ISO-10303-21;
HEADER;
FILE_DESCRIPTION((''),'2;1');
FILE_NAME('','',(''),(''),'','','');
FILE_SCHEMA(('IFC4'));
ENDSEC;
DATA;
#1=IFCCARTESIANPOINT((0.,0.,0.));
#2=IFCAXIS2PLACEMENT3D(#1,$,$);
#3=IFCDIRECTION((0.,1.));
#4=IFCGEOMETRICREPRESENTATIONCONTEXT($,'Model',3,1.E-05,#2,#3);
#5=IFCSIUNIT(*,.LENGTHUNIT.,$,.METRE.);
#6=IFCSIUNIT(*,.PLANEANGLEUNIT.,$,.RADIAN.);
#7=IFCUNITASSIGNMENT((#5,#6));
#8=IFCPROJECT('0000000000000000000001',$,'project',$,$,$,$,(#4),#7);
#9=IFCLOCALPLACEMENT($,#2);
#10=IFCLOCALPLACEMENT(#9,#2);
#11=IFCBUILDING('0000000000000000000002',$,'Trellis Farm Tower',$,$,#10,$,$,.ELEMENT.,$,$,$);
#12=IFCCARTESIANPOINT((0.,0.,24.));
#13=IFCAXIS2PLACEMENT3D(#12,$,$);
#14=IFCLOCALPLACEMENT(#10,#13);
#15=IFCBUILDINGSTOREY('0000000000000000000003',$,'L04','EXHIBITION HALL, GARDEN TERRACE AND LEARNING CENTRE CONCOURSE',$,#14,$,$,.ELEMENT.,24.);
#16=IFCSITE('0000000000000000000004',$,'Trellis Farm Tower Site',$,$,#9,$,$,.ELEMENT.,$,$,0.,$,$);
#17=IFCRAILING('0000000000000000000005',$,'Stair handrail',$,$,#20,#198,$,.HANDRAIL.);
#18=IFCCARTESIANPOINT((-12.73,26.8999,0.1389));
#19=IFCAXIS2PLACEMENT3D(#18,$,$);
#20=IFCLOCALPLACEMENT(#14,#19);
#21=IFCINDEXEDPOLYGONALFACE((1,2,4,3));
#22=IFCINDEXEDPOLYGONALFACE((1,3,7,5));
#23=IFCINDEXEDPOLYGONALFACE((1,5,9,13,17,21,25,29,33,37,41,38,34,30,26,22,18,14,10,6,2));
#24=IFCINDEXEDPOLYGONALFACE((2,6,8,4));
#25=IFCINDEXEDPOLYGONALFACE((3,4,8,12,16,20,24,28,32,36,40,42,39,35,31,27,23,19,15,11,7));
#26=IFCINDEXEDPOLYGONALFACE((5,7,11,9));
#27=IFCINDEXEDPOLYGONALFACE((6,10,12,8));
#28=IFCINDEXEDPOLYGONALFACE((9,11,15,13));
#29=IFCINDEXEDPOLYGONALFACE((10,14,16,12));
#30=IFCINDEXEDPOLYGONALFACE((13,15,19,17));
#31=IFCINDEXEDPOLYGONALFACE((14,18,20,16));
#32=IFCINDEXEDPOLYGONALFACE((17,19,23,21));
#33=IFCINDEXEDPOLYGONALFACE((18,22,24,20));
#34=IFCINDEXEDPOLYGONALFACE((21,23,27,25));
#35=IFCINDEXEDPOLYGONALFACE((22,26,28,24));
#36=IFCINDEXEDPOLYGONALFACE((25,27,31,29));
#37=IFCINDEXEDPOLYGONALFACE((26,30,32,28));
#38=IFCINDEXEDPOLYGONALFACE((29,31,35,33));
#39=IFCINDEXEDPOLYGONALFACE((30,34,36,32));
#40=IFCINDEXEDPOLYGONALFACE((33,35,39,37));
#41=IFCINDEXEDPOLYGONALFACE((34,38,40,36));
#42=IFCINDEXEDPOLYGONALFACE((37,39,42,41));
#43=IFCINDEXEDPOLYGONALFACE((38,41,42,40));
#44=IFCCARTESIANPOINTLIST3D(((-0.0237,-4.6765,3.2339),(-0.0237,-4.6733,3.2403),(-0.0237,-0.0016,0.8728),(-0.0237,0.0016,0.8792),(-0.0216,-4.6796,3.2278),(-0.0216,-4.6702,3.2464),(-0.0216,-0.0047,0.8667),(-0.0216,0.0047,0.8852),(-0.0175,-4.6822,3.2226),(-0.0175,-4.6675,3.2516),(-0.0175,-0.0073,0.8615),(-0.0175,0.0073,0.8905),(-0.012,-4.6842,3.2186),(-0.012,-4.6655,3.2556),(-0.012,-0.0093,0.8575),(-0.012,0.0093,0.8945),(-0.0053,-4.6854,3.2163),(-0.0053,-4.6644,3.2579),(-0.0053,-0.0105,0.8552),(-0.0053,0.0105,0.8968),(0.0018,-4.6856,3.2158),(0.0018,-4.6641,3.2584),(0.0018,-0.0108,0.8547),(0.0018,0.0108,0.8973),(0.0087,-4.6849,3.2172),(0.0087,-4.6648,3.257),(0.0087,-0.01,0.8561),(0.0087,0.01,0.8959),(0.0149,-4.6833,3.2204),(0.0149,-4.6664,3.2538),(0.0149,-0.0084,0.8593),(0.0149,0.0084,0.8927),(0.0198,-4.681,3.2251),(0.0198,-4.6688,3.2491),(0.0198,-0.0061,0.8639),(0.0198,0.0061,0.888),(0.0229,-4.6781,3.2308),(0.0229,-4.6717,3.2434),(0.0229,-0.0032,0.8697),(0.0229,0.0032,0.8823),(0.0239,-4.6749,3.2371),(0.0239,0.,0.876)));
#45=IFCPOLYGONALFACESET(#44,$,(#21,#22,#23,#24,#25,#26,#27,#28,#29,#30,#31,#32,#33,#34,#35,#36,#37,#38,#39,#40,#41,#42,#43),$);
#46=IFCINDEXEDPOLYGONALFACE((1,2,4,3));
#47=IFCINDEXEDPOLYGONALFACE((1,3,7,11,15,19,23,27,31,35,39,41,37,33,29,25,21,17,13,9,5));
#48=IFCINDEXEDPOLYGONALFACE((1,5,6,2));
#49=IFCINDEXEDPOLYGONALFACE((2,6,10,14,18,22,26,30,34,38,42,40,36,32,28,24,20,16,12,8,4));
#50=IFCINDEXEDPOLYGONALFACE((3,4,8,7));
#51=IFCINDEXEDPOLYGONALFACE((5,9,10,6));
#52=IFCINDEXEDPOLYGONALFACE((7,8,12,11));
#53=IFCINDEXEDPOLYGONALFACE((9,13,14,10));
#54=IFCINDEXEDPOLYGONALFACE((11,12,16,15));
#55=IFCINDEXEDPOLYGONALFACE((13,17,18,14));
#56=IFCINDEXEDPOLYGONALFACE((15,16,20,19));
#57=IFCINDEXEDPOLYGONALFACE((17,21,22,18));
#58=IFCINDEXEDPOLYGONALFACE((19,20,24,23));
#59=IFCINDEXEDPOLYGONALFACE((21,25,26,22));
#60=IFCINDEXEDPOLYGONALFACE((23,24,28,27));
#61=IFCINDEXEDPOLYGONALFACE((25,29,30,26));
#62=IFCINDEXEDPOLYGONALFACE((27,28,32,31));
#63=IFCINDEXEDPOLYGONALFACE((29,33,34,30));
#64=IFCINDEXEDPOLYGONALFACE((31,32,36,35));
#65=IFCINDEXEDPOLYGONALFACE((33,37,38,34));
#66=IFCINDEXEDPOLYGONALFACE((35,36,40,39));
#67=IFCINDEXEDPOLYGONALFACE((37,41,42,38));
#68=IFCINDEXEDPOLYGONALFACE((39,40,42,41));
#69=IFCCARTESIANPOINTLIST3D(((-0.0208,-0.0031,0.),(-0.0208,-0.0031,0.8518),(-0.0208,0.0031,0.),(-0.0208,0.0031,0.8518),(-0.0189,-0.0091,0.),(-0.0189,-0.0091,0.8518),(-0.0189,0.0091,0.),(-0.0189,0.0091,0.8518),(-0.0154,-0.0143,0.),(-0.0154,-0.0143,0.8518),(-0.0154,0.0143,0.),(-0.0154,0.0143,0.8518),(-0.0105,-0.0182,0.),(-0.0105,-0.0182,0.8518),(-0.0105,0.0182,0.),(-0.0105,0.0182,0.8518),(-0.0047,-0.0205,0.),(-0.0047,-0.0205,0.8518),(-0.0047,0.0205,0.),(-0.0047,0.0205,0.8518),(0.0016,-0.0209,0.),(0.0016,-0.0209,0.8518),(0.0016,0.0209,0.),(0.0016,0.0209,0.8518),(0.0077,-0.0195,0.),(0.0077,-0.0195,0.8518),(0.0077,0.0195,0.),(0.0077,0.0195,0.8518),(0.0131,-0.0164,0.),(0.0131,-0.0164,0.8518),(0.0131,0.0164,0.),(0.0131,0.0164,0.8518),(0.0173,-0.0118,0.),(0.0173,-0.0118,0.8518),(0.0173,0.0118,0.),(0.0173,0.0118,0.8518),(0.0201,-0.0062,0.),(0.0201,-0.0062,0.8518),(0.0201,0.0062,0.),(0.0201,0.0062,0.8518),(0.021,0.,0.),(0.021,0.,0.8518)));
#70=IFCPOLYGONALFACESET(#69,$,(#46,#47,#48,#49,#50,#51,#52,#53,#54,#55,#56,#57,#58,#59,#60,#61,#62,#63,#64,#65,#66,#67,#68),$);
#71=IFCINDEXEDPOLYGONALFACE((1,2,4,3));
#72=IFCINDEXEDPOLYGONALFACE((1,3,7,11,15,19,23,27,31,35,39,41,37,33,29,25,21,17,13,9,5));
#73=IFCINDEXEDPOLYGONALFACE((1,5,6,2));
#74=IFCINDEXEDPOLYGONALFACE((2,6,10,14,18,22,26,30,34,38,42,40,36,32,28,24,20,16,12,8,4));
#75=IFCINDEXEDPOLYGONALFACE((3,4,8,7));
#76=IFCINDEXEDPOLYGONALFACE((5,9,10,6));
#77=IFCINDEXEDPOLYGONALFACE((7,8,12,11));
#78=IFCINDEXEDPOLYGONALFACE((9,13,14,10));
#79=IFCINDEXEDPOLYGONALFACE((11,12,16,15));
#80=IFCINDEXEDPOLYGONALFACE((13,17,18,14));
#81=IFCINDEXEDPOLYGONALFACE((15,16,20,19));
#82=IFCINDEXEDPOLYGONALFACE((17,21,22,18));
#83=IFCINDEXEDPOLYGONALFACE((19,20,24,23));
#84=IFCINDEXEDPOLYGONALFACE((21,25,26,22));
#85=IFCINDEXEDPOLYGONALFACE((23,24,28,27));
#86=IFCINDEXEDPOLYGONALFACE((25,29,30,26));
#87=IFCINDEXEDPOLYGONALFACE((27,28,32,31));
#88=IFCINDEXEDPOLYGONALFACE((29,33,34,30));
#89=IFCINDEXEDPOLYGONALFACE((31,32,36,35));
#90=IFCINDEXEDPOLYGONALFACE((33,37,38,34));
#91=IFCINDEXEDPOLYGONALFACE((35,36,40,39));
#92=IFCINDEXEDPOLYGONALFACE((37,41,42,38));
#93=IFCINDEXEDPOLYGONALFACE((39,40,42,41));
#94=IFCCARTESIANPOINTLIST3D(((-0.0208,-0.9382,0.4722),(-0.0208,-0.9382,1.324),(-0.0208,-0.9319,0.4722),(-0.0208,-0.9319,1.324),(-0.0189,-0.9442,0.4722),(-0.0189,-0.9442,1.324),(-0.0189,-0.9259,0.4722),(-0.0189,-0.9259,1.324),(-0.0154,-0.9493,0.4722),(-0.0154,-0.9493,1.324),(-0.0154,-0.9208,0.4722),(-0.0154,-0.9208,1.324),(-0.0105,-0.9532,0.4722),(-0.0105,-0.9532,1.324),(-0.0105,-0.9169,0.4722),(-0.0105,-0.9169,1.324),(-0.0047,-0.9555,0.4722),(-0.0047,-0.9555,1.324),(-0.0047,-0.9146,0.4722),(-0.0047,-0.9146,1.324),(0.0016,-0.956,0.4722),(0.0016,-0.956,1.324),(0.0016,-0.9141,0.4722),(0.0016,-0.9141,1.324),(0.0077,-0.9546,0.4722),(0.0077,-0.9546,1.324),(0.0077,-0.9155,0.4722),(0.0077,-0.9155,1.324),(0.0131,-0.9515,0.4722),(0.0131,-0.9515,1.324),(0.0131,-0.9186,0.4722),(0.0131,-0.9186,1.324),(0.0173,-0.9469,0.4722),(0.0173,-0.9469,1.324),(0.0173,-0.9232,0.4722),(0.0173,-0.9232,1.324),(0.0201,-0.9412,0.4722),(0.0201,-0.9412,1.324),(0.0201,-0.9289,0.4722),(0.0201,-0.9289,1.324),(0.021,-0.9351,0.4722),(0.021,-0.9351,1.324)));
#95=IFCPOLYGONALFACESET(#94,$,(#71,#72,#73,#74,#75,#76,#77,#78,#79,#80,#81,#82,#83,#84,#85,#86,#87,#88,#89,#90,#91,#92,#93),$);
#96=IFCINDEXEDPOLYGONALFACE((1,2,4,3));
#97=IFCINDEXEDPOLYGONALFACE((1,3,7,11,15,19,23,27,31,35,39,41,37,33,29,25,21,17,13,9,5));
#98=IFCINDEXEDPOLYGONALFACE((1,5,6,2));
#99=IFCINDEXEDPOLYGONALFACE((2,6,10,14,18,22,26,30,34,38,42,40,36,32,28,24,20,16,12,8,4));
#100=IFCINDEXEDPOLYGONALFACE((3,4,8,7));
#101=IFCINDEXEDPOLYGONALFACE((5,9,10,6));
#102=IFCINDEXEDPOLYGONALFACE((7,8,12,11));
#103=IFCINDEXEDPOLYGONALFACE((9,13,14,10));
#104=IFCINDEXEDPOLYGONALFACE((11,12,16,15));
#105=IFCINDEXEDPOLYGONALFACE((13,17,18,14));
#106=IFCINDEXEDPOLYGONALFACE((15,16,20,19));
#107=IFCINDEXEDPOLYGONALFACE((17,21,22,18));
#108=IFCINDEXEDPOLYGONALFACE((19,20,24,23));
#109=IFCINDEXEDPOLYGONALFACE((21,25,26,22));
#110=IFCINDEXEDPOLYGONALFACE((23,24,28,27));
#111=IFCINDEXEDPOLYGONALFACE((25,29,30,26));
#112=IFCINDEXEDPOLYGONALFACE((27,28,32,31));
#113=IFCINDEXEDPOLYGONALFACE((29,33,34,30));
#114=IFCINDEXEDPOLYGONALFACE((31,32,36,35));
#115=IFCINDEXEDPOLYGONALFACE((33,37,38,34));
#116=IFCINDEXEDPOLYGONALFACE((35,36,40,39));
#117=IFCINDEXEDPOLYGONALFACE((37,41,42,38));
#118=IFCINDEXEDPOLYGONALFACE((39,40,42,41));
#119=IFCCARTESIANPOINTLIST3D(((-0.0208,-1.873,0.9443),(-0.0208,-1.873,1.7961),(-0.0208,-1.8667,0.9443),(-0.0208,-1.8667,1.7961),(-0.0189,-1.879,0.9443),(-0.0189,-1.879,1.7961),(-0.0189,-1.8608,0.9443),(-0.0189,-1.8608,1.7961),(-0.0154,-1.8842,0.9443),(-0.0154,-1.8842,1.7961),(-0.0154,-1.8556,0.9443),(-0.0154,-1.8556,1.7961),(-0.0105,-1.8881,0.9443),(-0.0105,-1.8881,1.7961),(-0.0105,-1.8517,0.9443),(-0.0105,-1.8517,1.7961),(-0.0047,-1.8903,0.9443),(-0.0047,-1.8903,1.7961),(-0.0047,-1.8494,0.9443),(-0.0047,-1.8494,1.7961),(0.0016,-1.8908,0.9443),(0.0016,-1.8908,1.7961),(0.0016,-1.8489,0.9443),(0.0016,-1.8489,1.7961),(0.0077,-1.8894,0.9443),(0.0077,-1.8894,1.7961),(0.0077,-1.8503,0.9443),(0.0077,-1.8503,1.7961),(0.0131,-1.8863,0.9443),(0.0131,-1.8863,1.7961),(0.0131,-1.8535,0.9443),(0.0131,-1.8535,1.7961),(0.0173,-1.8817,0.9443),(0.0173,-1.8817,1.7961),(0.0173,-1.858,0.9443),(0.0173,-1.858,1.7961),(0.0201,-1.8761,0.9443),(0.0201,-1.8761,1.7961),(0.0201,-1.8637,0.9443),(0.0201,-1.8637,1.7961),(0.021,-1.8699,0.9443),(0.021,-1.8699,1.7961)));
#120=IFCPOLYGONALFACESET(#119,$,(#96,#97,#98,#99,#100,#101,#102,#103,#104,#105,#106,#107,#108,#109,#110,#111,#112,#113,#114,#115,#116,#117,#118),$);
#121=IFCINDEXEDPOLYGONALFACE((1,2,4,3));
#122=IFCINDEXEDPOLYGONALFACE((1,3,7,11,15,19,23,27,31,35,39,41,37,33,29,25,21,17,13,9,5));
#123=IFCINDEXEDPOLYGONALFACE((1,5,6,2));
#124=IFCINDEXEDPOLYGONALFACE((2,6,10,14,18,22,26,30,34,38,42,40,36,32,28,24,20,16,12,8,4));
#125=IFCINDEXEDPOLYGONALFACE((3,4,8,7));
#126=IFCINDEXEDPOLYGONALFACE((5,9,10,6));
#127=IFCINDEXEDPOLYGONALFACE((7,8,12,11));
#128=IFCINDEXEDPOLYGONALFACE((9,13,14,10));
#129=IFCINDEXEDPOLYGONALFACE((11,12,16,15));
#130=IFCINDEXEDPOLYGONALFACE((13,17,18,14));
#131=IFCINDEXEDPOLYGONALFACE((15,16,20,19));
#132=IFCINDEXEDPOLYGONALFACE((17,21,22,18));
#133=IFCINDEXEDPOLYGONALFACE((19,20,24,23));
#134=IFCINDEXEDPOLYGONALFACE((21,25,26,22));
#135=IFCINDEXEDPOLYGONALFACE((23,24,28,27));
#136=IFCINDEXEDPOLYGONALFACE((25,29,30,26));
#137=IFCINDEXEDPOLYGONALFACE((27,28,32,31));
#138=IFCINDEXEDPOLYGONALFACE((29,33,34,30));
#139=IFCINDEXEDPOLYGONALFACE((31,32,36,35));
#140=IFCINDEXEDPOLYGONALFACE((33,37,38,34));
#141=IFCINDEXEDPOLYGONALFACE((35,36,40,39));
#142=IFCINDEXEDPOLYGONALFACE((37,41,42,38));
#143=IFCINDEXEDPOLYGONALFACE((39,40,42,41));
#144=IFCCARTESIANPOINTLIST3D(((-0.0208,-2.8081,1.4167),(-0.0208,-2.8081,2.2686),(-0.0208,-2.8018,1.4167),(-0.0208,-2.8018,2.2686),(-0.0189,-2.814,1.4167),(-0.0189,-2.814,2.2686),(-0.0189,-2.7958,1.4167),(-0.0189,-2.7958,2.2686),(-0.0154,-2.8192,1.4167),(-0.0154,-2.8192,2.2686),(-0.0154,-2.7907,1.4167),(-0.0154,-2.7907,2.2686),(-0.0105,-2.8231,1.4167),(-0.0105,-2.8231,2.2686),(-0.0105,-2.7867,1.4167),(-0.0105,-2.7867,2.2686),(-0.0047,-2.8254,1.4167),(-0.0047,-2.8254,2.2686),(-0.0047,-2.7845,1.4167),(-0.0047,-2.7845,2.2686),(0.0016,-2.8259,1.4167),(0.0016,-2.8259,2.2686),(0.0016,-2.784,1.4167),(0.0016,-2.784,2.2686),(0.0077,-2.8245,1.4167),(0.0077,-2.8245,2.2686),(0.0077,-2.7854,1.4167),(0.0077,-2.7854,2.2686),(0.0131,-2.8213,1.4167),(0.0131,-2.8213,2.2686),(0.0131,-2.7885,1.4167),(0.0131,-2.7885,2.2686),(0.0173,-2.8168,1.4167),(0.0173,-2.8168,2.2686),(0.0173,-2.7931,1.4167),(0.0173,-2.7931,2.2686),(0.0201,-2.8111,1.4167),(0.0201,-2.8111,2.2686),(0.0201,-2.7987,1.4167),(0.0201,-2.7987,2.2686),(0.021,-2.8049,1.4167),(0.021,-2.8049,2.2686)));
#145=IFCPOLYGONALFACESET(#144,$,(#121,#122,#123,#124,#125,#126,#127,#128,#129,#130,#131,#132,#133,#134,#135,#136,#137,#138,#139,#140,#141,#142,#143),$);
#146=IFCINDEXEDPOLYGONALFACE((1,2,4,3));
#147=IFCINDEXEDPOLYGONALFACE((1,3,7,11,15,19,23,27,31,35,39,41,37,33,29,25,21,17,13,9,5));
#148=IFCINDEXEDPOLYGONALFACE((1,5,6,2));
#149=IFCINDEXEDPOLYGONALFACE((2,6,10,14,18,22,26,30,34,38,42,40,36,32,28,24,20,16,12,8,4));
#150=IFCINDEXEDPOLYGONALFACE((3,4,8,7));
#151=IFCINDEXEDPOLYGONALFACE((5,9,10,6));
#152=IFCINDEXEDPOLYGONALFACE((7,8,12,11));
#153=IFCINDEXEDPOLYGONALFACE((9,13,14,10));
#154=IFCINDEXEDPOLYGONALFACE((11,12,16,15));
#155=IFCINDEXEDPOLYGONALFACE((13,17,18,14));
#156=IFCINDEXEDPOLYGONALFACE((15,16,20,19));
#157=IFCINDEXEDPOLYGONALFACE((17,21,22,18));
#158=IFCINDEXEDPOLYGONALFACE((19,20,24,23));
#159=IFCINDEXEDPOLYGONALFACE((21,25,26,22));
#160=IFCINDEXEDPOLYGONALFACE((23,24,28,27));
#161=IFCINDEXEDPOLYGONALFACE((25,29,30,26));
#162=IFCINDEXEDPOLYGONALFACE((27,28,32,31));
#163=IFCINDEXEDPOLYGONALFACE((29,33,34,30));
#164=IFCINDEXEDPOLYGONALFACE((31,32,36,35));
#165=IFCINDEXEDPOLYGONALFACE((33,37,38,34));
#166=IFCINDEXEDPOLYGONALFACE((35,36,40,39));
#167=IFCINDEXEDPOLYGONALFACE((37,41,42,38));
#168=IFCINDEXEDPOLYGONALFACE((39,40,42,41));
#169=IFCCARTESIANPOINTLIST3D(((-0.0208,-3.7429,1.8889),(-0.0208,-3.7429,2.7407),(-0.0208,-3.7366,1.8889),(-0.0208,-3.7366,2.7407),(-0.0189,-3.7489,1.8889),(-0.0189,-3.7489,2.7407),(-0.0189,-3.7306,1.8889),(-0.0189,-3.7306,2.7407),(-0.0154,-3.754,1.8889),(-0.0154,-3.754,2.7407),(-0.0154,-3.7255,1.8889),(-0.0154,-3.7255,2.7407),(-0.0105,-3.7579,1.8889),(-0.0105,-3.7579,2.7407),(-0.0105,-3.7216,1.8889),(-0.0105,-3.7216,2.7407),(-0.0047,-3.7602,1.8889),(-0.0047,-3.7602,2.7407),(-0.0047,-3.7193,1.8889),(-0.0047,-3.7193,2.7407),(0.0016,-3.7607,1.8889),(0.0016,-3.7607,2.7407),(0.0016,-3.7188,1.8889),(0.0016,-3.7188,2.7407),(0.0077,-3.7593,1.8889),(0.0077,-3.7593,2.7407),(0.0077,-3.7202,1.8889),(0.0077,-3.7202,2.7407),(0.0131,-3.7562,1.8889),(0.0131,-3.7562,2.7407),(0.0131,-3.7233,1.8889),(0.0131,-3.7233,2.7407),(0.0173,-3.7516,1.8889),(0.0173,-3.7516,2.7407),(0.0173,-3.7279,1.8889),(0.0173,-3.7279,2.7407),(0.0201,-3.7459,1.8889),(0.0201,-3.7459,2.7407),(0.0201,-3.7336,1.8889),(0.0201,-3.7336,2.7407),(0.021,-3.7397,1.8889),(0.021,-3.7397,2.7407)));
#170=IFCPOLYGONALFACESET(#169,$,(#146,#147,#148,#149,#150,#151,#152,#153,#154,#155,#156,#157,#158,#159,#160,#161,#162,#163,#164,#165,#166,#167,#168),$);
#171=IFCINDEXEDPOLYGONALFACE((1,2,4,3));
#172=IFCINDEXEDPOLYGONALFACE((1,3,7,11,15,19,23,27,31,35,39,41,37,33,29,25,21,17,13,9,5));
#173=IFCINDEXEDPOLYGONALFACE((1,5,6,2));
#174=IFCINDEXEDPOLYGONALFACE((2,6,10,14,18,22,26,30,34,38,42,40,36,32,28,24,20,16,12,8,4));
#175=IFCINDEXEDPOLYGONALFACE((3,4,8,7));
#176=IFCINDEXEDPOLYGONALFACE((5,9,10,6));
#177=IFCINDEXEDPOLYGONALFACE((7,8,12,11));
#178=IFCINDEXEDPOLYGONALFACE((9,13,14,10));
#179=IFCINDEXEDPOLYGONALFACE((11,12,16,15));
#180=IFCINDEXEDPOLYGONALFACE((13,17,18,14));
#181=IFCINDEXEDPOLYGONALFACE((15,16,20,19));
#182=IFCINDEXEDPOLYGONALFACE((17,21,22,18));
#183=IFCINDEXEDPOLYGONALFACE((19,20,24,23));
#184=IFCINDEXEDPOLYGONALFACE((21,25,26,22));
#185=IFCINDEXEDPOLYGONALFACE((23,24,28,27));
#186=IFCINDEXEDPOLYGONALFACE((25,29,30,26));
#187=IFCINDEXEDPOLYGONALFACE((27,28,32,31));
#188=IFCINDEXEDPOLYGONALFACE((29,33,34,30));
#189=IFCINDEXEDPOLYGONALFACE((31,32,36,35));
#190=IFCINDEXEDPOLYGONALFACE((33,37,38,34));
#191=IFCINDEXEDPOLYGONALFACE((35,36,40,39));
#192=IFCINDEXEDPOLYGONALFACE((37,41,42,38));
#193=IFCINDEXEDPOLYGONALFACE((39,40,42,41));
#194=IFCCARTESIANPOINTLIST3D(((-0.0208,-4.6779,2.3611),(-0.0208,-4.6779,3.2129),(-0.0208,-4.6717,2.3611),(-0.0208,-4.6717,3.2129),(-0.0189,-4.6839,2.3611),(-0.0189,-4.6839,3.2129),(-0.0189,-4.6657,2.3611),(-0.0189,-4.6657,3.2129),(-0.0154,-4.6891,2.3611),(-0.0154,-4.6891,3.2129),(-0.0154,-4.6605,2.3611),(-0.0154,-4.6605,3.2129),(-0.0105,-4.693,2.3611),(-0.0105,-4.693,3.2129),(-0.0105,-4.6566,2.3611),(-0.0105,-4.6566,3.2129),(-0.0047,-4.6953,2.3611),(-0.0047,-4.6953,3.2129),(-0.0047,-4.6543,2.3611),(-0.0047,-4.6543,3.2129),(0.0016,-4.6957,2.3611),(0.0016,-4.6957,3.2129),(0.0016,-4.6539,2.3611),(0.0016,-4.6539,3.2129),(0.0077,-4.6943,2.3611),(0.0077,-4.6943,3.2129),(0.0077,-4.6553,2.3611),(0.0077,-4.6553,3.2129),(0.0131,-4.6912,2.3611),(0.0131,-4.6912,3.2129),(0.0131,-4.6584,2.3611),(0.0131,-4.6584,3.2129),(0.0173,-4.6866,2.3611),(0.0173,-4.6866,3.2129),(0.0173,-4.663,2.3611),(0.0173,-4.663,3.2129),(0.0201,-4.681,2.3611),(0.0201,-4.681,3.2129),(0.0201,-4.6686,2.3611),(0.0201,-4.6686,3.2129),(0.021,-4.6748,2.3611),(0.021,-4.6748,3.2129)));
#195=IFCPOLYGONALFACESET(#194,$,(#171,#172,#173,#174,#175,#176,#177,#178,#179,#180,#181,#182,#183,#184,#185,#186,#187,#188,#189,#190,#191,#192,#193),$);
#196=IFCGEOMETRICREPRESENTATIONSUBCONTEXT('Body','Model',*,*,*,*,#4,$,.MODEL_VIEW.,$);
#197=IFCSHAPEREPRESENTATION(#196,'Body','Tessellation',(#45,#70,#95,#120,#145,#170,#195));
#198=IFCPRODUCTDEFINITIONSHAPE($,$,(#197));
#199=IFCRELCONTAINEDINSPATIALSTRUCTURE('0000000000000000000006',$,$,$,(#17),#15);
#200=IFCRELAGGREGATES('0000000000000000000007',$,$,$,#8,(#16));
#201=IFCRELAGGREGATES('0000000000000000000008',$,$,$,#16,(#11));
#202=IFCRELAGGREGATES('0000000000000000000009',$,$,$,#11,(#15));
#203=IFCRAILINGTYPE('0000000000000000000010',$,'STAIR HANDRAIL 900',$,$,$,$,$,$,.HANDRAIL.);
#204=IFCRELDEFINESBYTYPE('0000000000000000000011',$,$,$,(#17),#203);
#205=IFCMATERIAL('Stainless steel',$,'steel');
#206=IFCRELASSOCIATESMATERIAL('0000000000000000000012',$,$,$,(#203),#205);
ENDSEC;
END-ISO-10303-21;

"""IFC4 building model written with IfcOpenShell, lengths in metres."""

from ifc_helpers import new_model, si_unit, direction, frame, origin, origin_2d, place, context, subcontext, project, spatial, circle, extrude, source, transform, mapped, material, type_object, element, save


model = new_model("IFC4")

# Units and contexts
model_context = context("Model", 3, precision=1e-05, world=origin(), true_north=direction((0.0, 1.0)))
body_context = subcontext(model_context, "Body", "Model", "MODEL_VIEW")
ifc_project = project(units=[si_unit("LENGTHUNIT", "METRE"), si_unit("PLANEANGLEUNIT", "RADIAN")], contexts=[model_context])

# Site, building, storey
site_placement = place(None, origin())
site = spatial("IfcSite", under=ifc_project, at=site_placement, Name="Trellis Farm Tower Site", CompositionType="ELEMENT", RefElevation=0.0)
building_placement = place(site_placement, origin())
building = spatial("IfcBuilding", under=site, at=building_placement, Name="Trellis Farm Tower", CompositionType="ELEMENT")
storey_placement = place(building_placement, frame((0.0, 0.0, 24.0)))
storey = spatial("IfcBuildingStorey", under=building, at=storey_placement, Name="L04", Description="EXHIBITION HALL, GARDEN TERRACE AND LEARNING CENTRE CONCOURSE", CompositionType="ELEMENT", Elevation=24.0)

# Railing
ifc_material_1 = material(Name="Stainless steel", Category="steel")
railing_type = type_object("IfcRailingType", Name="STAIR HANDRAIL 900", PredefinedType="HANDRAIL", material=ifc_material_1)
shared_shape_1 = source(origin(), body_context, "Body", "SweptSolid", [
    extrude(circle(Radius=0.0239, at=origin_2d()), frame((0.0, 0.0, 0.876), z_axis=(0.0, -0.892611, 0.450827), x_axis=(1.0, 0.0, 0.0)), (0.0, 0.0, 1.0), 5.2373),
    extrude(circle(Radius=0.021, at=origin_2d()), origin(), (0.0, 0.0, 1.0), 0.8518),
    extrude(circle(Radius=0.021, at=origin_2d()), frame((0.0, -0.9351, 0.4722)), (0.0, 0.0, 1.0), 0.8518),
    extrude(circle(Radius=0.021, at=origin_2d()), frame((0.0, -1.8699, 0.9443)), (0.0, 0.0, 1.0), 0.8518),
    extrude(circle(Radius=0.021, at=origin_2d()), frame((0.0, -2.8049, 1.4167)), (0.0, 0.0, 1.0), 0.8518),
    extrude(circle(Radius=0.021, at=origin_2d()), frame((0.0, -3.7397, 1.8889)), (0.0, 0.0, 1.0), 0.8518),
    extrude(circle(Radius=0.021, at=origin_2d()), frame((0.0, -4.6748, 2.3611)), (0.0, 0.0, 1.0), 0.8518),
])
for number, where, name in (
    (1, (-12.73, 26.8999, 0.1389), "Stair handrail"),
):
    element("IfcRailing", number, at=place(storey_placement, frame(where)), inside=storey, type_object=railing_type, Name=name, PredefinedType="HANDRAIL", context=body_context, shape_type="MappedRepresentation", body=[
        mapped(shared_shape_1, transform((0.0, 0.0, 0.0))),
    ])

save(model, "model.ifc")
